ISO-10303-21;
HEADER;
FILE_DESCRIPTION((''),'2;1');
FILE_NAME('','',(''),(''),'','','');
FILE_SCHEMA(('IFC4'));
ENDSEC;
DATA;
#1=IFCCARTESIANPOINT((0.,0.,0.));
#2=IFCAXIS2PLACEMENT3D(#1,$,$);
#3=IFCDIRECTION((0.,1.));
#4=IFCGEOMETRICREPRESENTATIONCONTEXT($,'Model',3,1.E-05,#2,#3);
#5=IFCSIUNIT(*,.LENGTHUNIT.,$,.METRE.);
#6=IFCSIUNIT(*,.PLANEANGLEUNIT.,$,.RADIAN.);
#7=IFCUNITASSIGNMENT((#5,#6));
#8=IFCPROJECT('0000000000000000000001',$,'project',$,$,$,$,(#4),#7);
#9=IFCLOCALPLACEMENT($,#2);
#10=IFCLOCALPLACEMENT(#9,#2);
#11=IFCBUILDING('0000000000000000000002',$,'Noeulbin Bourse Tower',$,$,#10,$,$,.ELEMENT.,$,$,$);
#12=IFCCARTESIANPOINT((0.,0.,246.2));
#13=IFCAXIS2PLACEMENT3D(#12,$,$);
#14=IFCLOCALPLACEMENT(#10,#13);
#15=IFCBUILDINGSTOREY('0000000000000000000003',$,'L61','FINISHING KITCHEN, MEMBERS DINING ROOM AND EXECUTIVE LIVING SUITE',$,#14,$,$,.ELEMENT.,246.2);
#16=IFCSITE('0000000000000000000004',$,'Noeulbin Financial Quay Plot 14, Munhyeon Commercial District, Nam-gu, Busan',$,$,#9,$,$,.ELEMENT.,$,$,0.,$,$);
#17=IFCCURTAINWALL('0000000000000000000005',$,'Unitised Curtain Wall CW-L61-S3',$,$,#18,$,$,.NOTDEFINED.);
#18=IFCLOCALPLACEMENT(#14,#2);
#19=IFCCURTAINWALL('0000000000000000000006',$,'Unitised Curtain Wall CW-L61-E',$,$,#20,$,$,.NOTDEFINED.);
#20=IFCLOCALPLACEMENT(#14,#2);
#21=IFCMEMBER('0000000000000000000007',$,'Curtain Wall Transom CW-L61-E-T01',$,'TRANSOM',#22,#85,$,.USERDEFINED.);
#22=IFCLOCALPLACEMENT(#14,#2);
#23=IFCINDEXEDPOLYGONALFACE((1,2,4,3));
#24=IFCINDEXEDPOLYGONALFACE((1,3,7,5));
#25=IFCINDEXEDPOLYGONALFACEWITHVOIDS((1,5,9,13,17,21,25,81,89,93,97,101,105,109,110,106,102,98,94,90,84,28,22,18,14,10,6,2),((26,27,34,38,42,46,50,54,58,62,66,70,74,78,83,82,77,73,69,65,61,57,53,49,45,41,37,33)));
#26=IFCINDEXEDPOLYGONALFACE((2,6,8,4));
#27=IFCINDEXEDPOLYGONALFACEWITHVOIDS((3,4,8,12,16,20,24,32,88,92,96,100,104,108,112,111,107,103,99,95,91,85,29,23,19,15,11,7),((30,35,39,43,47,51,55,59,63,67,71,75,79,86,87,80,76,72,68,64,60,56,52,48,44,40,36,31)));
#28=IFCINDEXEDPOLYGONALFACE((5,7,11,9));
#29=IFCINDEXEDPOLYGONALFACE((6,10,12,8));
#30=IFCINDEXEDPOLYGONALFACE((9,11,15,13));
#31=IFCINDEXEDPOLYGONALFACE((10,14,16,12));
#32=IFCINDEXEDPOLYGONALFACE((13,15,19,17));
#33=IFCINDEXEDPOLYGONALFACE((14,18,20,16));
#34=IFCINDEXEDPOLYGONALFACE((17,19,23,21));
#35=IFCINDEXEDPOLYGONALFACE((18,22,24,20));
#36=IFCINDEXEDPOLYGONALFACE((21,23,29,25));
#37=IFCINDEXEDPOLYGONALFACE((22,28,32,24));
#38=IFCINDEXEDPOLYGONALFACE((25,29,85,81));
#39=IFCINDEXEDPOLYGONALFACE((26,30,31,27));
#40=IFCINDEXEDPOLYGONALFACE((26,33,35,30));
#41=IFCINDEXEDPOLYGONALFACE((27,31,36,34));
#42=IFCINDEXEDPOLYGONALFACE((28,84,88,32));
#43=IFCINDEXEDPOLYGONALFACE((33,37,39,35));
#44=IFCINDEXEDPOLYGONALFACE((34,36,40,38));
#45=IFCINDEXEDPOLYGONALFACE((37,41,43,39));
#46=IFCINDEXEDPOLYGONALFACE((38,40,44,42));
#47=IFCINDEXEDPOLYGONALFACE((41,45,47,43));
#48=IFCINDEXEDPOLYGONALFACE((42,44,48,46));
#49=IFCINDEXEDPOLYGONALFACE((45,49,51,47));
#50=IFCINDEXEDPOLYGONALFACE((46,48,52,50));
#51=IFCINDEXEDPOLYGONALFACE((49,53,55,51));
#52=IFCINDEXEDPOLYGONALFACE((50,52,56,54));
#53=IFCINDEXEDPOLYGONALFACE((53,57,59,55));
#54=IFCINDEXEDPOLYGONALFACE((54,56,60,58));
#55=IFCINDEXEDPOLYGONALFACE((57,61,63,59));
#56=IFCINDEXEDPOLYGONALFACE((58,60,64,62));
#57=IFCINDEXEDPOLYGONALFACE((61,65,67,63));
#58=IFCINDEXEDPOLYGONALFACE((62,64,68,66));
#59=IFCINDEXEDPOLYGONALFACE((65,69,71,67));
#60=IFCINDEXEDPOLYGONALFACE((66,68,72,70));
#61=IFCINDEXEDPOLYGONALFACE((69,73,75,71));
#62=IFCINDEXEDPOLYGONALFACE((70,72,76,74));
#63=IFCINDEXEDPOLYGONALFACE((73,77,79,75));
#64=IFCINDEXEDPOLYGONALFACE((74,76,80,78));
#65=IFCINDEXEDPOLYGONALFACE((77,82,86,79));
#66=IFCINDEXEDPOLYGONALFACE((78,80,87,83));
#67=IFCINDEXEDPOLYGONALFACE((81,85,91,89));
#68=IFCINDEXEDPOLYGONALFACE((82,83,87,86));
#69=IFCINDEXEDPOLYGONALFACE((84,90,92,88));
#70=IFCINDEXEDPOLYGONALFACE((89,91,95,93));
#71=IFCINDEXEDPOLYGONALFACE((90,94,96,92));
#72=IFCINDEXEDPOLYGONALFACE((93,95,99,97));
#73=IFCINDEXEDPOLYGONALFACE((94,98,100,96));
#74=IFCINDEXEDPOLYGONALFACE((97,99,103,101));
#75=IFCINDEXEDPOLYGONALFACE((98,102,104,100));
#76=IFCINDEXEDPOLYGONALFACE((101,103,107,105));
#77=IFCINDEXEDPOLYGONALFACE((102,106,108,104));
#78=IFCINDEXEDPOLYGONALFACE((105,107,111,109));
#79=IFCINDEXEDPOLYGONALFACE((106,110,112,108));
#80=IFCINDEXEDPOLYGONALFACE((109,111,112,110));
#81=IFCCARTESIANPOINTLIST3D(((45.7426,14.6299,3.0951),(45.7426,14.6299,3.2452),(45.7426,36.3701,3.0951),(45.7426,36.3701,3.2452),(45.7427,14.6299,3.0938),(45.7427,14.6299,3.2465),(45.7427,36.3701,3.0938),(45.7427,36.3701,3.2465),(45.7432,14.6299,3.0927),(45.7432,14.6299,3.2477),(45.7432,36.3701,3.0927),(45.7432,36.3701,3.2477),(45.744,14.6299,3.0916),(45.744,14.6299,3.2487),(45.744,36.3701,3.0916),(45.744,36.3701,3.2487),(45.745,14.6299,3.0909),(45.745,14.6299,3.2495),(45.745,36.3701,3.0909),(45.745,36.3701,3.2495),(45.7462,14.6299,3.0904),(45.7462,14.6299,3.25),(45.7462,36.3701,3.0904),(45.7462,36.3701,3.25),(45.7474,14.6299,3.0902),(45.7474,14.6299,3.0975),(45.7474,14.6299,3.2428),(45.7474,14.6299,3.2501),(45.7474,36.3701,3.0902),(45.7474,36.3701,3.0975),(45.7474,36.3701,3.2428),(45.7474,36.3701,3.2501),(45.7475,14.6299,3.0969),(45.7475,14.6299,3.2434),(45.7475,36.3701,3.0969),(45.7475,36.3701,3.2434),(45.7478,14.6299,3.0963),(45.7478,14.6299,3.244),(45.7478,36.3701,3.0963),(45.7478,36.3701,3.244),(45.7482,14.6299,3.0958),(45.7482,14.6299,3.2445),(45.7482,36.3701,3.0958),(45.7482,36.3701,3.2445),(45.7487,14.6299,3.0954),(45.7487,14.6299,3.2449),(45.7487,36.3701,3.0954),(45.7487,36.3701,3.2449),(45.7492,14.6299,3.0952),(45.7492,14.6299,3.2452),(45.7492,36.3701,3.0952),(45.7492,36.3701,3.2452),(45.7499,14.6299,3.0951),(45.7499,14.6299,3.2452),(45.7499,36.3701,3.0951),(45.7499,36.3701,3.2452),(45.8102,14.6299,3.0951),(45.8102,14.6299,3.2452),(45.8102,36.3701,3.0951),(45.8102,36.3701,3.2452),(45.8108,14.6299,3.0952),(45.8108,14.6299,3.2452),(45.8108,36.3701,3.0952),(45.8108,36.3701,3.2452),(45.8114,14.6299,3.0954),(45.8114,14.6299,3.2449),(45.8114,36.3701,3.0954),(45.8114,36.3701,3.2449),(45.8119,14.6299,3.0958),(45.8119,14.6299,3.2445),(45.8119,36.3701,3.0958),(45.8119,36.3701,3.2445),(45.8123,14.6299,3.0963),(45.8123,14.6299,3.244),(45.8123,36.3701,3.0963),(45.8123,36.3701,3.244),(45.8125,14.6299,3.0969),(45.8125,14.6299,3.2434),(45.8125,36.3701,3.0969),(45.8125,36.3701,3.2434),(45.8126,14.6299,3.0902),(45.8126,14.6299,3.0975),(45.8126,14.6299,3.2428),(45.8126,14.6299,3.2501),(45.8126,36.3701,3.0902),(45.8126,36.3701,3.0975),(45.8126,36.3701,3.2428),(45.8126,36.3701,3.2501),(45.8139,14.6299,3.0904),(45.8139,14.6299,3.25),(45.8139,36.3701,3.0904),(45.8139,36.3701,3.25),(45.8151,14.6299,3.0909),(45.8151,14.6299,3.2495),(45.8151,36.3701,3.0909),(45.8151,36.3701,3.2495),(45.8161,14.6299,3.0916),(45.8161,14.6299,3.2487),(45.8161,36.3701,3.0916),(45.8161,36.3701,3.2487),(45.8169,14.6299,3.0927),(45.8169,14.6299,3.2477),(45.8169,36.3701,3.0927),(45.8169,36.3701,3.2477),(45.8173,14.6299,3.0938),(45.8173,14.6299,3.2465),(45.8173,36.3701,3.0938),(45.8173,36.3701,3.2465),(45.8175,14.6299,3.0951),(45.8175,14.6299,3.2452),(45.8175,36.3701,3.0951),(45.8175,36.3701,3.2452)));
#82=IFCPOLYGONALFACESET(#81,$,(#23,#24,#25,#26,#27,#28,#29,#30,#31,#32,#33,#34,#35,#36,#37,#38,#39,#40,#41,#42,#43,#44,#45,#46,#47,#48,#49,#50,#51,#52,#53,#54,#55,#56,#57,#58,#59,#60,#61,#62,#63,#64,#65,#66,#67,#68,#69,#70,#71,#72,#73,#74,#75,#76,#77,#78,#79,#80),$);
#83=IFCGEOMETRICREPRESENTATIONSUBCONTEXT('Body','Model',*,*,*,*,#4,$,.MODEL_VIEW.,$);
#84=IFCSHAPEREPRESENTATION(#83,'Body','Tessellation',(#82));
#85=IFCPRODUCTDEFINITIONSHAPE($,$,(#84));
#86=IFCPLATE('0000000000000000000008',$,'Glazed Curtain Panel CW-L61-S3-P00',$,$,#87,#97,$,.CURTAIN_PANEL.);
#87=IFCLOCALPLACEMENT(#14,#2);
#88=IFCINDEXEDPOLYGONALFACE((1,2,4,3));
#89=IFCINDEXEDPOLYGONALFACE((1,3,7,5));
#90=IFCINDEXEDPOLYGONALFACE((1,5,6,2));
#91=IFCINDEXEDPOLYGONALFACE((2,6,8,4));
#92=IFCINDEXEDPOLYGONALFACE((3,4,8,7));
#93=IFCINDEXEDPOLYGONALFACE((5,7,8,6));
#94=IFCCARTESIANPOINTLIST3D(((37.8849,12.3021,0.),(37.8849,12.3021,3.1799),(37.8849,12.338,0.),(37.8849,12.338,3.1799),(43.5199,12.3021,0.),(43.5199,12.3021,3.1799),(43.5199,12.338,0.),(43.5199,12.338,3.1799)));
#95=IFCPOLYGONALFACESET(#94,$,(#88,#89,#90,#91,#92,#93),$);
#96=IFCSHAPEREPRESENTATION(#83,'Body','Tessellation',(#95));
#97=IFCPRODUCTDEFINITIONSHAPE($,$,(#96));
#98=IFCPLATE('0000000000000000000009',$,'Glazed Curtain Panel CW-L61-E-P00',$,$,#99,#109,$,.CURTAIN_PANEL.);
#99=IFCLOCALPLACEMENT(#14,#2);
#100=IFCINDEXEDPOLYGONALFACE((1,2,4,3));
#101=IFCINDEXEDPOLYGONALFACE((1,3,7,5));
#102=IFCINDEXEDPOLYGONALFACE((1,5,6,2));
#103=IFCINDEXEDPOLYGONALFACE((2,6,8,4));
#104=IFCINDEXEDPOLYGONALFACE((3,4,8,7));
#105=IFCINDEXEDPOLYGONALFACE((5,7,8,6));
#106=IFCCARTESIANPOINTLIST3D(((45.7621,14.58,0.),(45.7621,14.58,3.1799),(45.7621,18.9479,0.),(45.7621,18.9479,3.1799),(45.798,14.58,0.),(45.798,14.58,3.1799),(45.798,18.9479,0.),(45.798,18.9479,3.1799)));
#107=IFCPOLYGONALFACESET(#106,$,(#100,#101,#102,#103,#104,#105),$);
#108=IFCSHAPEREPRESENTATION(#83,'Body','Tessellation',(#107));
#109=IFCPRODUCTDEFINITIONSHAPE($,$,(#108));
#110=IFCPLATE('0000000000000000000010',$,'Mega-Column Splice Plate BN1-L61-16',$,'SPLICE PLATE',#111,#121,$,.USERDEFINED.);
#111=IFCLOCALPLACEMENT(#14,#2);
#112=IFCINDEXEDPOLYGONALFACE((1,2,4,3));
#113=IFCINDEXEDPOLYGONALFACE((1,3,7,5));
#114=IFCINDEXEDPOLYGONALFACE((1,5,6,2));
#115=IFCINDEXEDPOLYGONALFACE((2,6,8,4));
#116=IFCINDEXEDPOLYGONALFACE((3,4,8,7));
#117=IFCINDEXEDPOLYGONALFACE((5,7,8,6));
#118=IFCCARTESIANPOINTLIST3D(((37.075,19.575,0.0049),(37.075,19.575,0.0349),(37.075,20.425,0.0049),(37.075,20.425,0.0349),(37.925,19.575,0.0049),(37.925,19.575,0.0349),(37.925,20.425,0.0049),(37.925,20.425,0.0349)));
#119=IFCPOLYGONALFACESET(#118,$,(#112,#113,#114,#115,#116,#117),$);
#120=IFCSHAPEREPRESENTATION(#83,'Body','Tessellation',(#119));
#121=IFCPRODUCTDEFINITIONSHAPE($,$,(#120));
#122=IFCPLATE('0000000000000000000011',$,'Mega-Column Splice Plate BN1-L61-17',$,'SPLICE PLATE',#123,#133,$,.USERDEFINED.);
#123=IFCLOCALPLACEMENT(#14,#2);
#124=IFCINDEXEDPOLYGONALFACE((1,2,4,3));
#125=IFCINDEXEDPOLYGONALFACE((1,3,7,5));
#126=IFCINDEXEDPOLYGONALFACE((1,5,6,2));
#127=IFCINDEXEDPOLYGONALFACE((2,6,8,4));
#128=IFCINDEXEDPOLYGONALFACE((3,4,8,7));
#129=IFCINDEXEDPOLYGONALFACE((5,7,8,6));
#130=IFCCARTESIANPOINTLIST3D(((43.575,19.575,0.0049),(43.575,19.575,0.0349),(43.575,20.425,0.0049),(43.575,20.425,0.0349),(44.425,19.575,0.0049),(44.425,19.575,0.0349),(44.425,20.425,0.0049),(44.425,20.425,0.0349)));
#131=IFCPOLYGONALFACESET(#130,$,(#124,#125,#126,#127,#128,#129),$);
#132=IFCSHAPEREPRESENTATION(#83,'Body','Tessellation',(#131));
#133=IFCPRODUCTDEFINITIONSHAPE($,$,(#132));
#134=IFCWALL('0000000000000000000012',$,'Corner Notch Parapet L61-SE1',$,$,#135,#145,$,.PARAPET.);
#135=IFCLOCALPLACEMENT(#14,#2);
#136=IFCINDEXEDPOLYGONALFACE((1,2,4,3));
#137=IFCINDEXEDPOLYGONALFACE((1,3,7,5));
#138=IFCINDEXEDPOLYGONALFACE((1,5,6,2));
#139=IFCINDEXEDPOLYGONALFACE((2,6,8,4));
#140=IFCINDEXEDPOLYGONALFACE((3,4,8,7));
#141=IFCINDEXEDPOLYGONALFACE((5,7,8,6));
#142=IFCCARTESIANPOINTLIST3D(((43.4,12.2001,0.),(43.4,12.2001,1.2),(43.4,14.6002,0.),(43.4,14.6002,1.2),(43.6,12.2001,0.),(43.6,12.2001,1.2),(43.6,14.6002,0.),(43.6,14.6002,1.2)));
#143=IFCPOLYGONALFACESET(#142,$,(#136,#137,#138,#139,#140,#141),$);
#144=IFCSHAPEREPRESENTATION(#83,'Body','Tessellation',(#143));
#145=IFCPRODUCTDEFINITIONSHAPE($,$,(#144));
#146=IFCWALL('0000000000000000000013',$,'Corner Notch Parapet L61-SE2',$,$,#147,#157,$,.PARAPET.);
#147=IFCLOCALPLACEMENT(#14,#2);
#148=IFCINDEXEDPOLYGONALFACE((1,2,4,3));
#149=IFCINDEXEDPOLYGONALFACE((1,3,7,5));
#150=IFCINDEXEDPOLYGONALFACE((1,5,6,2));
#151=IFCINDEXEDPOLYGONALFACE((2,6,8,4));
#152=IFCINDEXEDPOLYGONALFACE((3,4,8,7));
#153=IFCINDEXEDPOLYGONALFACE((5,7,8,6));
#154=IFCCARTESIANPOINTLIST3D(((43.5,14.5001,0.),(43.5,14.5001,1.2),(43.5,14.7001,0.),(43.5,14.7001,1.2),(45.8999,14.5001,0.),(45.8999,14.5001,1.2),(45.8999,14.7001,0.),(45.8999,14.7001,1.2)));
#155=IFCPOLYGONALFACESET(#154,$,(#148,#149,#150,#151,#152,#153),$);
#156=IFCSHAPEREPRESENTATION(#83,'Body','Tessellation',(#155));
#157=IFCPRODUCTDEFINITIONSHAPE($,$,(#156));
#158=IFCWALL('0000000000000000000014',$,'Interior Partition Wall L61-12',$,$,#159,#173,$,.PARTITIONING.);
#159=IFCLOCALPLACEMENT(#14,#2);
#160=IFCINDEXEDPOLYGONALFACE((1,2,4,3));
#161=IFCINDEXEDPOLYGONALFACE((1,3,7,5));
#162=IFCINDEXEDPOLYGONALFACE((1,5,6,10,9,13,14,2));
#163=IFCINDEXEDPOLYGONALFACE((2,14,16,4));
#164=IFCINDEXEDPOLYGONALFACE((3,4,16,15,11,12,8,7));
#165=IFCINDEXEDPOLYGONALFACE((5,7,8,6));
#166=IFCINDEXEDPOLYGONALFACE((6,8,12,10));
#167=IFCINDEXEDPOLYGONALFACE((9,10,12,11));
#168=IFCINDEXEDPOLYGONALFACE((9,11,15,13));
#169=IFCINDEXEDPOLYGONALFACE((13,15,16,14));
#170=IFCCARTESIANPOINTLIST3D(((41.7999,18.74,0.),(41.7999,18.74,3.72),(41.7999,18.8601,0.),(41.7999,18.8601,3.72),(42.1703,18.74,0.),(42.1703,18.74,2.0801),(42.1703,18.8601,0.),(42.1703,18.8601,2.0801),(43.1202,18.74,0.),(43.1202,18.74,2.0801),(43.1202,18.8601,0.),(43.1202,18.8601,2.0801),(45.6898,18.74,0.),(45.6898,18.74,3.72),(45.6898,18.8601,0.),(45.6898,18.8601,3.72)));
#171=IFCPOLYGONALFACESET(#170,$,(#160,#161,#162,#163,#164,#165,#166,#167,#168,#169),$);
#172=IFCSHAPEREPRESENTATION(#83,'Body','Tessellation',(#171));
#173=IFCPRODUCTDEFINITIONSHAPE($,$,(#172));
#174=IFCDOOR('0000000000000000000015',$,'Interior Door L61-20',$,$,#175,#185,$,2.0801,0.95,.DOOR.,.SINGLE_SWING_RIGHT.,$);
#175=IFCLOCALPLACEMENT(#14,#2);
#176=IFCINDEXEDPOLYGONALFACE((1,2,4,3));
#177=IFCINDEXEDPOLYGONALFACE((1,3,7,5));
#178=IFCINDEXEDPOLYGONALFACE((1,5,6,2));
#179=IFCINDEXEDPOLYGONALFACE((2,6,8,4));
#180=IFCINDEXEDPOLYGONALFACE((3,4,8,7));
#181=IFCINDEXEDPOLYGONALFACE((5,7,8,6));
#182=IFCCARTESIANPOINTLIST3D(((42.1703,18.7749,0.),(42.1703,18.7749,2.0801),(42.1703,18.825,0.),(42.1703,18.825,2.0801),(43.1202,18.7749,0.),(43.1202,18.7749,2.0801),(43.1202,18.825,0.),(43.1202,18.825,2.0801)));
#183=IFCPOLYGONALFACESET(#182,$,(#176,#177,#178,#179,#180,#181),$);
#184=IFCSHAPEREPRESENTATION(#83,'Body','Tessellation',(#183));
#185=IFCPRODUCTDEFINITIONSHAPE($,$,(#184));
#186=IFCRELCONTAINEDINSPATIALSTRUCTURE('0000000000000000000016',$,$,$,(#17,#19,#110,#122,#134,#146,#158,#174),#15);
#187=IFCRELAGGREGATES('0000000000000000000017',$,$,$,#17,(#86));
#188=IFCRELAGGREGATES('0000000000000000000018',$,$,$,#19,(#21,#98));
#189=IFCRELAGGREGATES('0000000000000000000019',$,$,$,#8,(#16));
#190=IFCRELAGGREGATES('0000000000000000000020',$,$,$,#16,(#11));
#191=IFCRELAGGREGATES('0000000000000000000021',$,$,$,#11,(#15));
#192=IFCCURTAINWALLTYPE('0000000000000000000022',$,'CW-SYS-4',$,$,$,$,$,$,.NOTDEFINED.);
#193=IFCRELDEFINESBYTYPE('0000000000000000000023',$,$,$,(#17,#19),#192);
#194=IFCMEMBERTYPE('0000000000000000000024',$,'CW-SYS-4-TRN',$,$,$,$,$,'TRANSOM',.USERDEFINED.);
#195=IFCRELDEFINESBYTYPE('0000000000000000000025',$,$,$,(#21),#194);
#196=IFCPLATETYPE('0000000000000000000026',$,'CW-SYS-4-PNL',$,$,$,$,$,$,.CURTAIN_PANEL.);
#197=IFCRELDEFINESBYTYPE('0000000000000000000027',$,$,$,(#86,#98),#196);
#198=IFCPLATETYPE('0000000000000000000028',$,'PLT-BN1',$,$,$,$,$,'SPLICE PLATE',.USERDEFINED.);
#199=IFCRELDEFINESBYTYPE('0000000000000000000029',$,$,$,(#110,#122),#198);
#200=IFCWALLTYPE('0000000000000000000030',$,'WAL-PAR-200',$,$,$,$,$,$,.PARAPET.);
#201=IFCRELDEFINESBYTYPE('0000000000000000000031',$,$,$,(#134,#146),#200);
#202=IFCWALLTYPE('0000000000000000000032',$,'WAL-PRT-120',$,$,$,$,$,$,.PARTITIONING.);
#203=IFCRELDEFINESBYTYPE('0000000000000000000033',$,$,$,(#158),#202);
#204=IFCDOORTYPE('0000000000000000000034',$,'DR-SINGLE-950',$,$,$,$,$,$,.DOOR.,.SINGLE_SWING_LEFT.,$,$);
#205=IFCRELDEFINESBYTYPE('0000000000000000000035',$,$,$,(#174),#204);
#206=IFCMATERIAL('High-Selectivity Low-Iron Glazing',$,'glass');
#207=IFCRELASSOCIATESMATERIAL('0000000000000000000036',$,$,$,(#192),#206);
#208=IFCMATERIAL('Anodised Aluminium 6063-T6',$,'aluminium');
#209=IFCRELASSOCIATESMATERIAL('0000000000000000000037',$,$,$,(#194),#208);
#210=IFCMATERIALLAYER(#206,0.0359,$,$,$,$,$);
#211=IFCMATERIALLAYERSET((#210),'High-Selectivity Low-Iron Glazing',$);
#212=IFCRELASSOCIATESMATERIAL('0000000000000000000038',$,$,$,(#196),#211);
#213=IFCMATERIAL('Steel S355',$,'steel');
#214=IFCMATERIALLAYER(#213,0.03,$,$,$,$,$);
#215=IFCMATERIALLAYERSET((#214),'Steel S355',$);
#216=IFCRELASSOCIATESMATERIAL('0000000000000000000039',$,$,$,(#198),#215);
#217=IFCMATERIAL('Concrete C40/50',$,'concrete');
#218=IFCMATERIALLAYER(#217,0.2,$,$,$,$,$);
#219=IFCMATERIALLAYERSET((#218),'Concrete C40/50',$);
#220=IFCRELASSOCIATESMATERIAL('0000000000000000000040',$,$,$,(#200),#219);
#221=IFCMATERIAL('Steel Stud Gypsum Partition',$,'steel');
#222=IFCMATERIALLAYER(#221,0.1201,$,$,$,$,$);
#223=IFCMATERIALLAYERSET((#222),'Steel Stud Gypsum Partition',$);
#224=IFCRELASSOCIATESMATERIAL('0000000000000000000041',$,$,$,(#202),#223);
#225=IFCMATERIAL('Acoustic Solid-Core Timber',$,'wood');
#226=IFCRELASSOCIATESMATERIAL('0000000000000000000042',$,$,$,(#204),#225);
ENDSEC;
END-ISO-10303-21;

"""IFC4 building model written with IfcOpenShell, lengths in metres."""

from ifc_helpers import new_model, si_unit, direction, frame, frame_2d, origin, origin_2d, place, context, subcontext, project, spatial, rectangle, hollow_rectangle, extrude, material, layer, layer_set, material_profile, profile_set, type_object, element, fill, aggregate, save


model = new_model("IFC4")

# Units and contexts
model_context = context("Model", 3, precision=1e-05, world=origin(), true_north=direction((0.0, 1.0)))
body_context = subcontext(model_context, "Body", "Model", "MODEL_VIEW")
ifc_project = project(units=[si_unit("LENGTHUNIT", "METRE"), si_unit("PLANEANGLEUNIT", "RADIAN")], contexts=[model_context])

# Site, building, storey
site_placement = place(None, origin())
site = spatial("IfcSite", under=ifc_project, at=site_placement, Name="Noeulbin Financial Quay Plot 14, Munhyeon Commercial District, Nam-gu, Busan", CompositionType="ELEMENT", RefElevation=0.0)
building_placement = place(site_placement, origin())
building = spatial("IfcBuilding", under=site, at=building_placement, Name="Noeulbin Bourse Tower", CompositionType="ELEMENT")
storey_placement = place(building_placement, frame((0.0, 0.0, 246.2)))
storey = spatial("IfcBuildingStorey", under=building, at=storey_placement, Name="L61", Description="FINISHING KITCHEN, MEMBERS DINING ROOM AND EXECUTIVE LIVING SUITE", CompositionType="ELEMENT", Elevation=246.2)

# Shared definitions
ifc_material_1 = material(Name="Steel S355", Category="steel")

# Curtain walls
ifc_material_2 = material(Name="High-Selectivity Low-Iron Glazing", Category="glass")
curtain_wall_type = type_object("IfcCurtainWallType", Name="CW-SYS-4", PredefinedType="NOTDEFINED", material=ifc_material_2)
curtain_wall_1_placement = place(storey_placement, origin())
curtain_wall_1 = element("IfcCurtainWall", 1, at=curtain_wall_1_placement, inside=storey, type_object=curtain_wall_type, Name="Unitised Curtain Wall CW-L61-S3", PredefinedType="NOTDEFINED")
ifc_material_3 = material(Name="Anodised Aluminium 6063-T6", Category="aluminium")
curtain_wall_2_placement = place(storey_placement, origin())
curtain_wall_2 = element("IfcCurtainWall", 2, at=curtain_wall_2_placement, inside=storey, type_object=curtain_wall_type, Name="Unitised Curtain Wall CW-L61-E", PredefinedType="NOTDEFINED")

# Member
ifc_material_profile_1 = material_profile(ifc_material_3, hollow_rectangle(XDim=0.075, YDim=0.1599, WallThickness=0.0049, InnerFilletRadius=0.0024, OuterFilletRadius=0.0049, at=origin_2d()), Name="ALU-TRAN-75x160x5", Category="LoadBearing")
ifc_profile_set_1 = profile_set([ifc_material_profile_1], Name="Anodised Aluminium 6063-T6")
member_type_1 = type_object("IfcMemberType", Name="CW-SYS-4-TRN", ElementType="TRANSOM", PredefinedType="USERDEFINED", material=ifc_profile_set_1)
member_1_placement = place(storey_placement, frame((45.78, 14.6299, 3.1702), z_axis=(0.0, 1.0, 0.0), x_axis=(-1.0, 0.0, 0.0)))
member_1 = element("IfcMember", 3, at=member_1_placement, type_object=member_type_1, Name="Curtain Wall Transom CW-L61-E-T01", ObjectType="TRANSOM", PredefinedType="USERDEFINED", context=body_context, shape_type="SweptSolid", body=[
    extrude(hollow_rectangle(XDim=0.075, YDim=0.1599, WallThickness=0.0049, InnerFilletRadius=0.0024, OuterFilletRadius=0.0049, at=origin_2d()), origin(), (0.0, 0.0, 1.0), 21.7402),
])

# Plates
ifc_layer_1 = layer(ifc_material_2, 0.0359)
ifc_layer_set_1 = layer_set([ifc_layer_1], Name="High-Selectivity Low-Iron Glazing")
plate_type_1 = type_object("IfcPlateType", Name="CW-SYS-4-PNL", PredefinedType="CURTAIN_PANEL", material=ifc_layer_set_1)
plate_1_placement = place(storey_placement, frame((40.7024, 12.3201, 0.0), z_axis=(0.0, 0.0, 1.0), x_axis=(1.0, 0.0, 0.0)))
plate_1 = element("IfcPlate", 4, at=plate_1_placement, type_object=plate_type_1, Name="Glazed Curtain Panel CW-L61-S3-P00", PredefinedType="CURTAIN_PANEL", context=body_context, shape_type="SweptSolid", body=[
    extrude(rectangle(XDim=5.635, YDim=0.0359, at=origin_2d()), origin(), (0.0, 0.0, 1.0), 3.1799),
])
aggregate(curtain_wall_1, [plate_1])
plate_2_placement = place(storey_placement, frame((45.78, 16.7639, 0.0), z_axis=(0.0, 0.0, 1.0), x_axis=(0.0, 1.0, 0.0)))
plate_2 = element("IfcPlate", 5, at=plate_2_placement, type_object=plate_type_1, Name="Glazed Curtain Panel CW-L61-E-P00", PredefinedType="CURTAIN_PANEL", context=body_context, shape_type="SweptSolid", body=[
    extrude(rectangle(XDim=4.3679, YDim=0.0359, at=origin_2d()), origin(), (0.0, 0.0, 1.0), 3.1799),
])
aggregate(curtain_wall_2, [member_1, plate_2])

# Plates
ifc_layer_2 = layer(ifc_material_1, 0.03)
ifc_layer_set_2 = layer_set([ifc_layer_2], Name="Steel S355")
plate_type_2 = type_object("IfcPlateType", Name="PLT-BN1", ElementType="SPLICE PLATE", PredefinedType="USERDEFINED", material=ifc_layer_set_2)
for number, where, z_axis, x_axis, name in (
    (6, (37.5, 20.0, 0.0049), (0.0, 0.0, 1.0), (1.0, 0.0, 0.0), "Mega-Column Splice Plate BN1-L61-16"),
    (7, (44.0, 20.0, 0.0049), (0.0, 0.0, 1.0), (1.0, 0.0, 0.0), "Mega-Column Splice Plate BN1-L61-17"),
):
    element("IfcPlate", number, at=place(storey_placement, frame(where, z_axis=z_axis, x_axis=x_axis)), inside=storey, type_object=plate_type_2, Name=name, ObjectType="SPLICE PLATE", PredefinedType="USERDEFINED", context=body_context, shape_type="SweptSolid", body=[
        extrude(rectangle(XDim=0.8501, YDim=0.8501, at=origin_2d()), origin(), (0.0, 0.0, 1.0), 0.03),
    ])

# Walls
ifc_material_4 = material(Name="Concrete C40/50", Category="concrete")
ifc_layer_3 = layer(ifc_material_4, 0.2)
ifc_layer_set_3 = layer_set([ifc_layer_3], Name="Concrete C40/50")
wall_type_1 = type_object("IfcWallType", Name="WAL-PAR-200", PredefinedType="PARAPET", material=ifc_layer_set_3)
wall_1_placement = place(storey_placement, frame((43.5, 12.2, 0.0), z_axis=(0.0, 0.0, 1.0), x_axis=(0.0, 1.0, 0.0)))
element("IfcWall", 8, at=wall_1_placement, inside=storey, type_object=wall_type_1, Name="Corner Notch Parapet L61-SE1", PredefinedType="PARAPET", context=body_context, shape_type="SweptSolid", body=[
    extrude(rectangle(XDim=2.4001, YDim=0.2, at=frame_2d((1.2002, 0.0))), origin(), (0.0, 0.0, 1.0), 1.2),
])
wall_2_placement = place(storey_placement, frame((43.5, 14.6001, 0.0), z_axis=(0.0, 0.0, 1.0), x_axis=(1.0, 0.0, 0.0)))
element("IfcWall", 9, at=wall_2_placement, inside=storey, type_object=wall_type_1, Name="Corner Notch Parapet L61-SE2", PredefinedType="PARAPET", context=body_context, shape_type="SweptSolid", body=[
    extrude(rectangle(XDim=2.3999, YDim=0.2, at=frame_2d((1.2, 0.0))), origin(), (0.0, 0.0, 1.0), 1.2),
])

# Wall, opening, door
ifc_material_5 = material(Name="Steel Stud Gypsum Partition", Category="steel")
ifc_layer_4 = layer(ifc_material_5, 0.1201)
ifc_layer_set_4 = layer_set([ifc_layer_4], Name="Steel Stud Gypsum Partition")
wall_type_2 = type_object("IfcWallType", Name="WAL-PRT-120", PredefinedType="PARTITIONING", material=ifc_layer_set_4)
wall_3_placement = place(storey_placement, frame((41.8, 18.8, 0.0), z_axis=(0.0, 0.0, 1.0), x_axis=(1.0, 0.0, 0.0)))
wall_3 = element("IfcWall", 10, at=wall_3_placement, inside=storey, type_object=wall_type_2, Name="Interior Partition Wall L61-12", PredefinedType="PARTITIONING", context=body_context, shape_type="SweptSolid", body=[
    extrude(rectangle(XDim=3.8899, YDim=0.1201, at=frame_2d((1.9448, 0.0))), origin(), (0.0, 0.0, 1.0), 3.72),
])
opening_placement = place(wall_3_placement, frame((0.3701, 0.0, 0.0)))
opening = element("IfcOpeningElement", 11, at=opening_placement, cuts=wall_3, PredefinedType="OPENING", context=body_context, shape_type="SweptSolid", body=[
    extrude(rectangle(XDim=0.95, YDim=2.0801, at=frame_2d((0.4751, 1.04))), frame((0.0, 0.0701, 0.0), z_axis=(0.0, -1.0, 0.0), x_axis=(1.0, 0.0, 0.0)), (0.0, 0.0, 1.0), 0.1401),
])
ifc_material_6 = material(Name="Acoustic Solid-Core Timber", Category="wood")
door_type = type_object("IfcDoorType", Name="DR-SINGLE-950", OperationType="SINGLE_SWING_LEFT", PredefinedType="DOOR", material=ifc_material_6)
door_placement = place(opening_placement, origin())
door = element("IfcDoor", 12, at=door_placement, inside=storey, type_object=door_type, Name="Interior Door L61-20", OperationType="SINGLE_SWING_RIGHT", OverallHeight=2.0801, OverallWidth=0.95, PredefinedType="DOOR", context=body_context, shape_type="SweptSolid", body=[
    extrude(rectangle(XDim=0.95, YDim=2.0801, at=frame_2d((0.4751, 1.04))), frame((0.0, 0.0249, 0.0), z_axis=(0.0, -1.0, 0.0), x_axis=(1.0, 0.0, 0.0)), (0.0, 0.0, 1.0), 0.05),
])
fill(opening, door)

save(model, "model.ifc")
